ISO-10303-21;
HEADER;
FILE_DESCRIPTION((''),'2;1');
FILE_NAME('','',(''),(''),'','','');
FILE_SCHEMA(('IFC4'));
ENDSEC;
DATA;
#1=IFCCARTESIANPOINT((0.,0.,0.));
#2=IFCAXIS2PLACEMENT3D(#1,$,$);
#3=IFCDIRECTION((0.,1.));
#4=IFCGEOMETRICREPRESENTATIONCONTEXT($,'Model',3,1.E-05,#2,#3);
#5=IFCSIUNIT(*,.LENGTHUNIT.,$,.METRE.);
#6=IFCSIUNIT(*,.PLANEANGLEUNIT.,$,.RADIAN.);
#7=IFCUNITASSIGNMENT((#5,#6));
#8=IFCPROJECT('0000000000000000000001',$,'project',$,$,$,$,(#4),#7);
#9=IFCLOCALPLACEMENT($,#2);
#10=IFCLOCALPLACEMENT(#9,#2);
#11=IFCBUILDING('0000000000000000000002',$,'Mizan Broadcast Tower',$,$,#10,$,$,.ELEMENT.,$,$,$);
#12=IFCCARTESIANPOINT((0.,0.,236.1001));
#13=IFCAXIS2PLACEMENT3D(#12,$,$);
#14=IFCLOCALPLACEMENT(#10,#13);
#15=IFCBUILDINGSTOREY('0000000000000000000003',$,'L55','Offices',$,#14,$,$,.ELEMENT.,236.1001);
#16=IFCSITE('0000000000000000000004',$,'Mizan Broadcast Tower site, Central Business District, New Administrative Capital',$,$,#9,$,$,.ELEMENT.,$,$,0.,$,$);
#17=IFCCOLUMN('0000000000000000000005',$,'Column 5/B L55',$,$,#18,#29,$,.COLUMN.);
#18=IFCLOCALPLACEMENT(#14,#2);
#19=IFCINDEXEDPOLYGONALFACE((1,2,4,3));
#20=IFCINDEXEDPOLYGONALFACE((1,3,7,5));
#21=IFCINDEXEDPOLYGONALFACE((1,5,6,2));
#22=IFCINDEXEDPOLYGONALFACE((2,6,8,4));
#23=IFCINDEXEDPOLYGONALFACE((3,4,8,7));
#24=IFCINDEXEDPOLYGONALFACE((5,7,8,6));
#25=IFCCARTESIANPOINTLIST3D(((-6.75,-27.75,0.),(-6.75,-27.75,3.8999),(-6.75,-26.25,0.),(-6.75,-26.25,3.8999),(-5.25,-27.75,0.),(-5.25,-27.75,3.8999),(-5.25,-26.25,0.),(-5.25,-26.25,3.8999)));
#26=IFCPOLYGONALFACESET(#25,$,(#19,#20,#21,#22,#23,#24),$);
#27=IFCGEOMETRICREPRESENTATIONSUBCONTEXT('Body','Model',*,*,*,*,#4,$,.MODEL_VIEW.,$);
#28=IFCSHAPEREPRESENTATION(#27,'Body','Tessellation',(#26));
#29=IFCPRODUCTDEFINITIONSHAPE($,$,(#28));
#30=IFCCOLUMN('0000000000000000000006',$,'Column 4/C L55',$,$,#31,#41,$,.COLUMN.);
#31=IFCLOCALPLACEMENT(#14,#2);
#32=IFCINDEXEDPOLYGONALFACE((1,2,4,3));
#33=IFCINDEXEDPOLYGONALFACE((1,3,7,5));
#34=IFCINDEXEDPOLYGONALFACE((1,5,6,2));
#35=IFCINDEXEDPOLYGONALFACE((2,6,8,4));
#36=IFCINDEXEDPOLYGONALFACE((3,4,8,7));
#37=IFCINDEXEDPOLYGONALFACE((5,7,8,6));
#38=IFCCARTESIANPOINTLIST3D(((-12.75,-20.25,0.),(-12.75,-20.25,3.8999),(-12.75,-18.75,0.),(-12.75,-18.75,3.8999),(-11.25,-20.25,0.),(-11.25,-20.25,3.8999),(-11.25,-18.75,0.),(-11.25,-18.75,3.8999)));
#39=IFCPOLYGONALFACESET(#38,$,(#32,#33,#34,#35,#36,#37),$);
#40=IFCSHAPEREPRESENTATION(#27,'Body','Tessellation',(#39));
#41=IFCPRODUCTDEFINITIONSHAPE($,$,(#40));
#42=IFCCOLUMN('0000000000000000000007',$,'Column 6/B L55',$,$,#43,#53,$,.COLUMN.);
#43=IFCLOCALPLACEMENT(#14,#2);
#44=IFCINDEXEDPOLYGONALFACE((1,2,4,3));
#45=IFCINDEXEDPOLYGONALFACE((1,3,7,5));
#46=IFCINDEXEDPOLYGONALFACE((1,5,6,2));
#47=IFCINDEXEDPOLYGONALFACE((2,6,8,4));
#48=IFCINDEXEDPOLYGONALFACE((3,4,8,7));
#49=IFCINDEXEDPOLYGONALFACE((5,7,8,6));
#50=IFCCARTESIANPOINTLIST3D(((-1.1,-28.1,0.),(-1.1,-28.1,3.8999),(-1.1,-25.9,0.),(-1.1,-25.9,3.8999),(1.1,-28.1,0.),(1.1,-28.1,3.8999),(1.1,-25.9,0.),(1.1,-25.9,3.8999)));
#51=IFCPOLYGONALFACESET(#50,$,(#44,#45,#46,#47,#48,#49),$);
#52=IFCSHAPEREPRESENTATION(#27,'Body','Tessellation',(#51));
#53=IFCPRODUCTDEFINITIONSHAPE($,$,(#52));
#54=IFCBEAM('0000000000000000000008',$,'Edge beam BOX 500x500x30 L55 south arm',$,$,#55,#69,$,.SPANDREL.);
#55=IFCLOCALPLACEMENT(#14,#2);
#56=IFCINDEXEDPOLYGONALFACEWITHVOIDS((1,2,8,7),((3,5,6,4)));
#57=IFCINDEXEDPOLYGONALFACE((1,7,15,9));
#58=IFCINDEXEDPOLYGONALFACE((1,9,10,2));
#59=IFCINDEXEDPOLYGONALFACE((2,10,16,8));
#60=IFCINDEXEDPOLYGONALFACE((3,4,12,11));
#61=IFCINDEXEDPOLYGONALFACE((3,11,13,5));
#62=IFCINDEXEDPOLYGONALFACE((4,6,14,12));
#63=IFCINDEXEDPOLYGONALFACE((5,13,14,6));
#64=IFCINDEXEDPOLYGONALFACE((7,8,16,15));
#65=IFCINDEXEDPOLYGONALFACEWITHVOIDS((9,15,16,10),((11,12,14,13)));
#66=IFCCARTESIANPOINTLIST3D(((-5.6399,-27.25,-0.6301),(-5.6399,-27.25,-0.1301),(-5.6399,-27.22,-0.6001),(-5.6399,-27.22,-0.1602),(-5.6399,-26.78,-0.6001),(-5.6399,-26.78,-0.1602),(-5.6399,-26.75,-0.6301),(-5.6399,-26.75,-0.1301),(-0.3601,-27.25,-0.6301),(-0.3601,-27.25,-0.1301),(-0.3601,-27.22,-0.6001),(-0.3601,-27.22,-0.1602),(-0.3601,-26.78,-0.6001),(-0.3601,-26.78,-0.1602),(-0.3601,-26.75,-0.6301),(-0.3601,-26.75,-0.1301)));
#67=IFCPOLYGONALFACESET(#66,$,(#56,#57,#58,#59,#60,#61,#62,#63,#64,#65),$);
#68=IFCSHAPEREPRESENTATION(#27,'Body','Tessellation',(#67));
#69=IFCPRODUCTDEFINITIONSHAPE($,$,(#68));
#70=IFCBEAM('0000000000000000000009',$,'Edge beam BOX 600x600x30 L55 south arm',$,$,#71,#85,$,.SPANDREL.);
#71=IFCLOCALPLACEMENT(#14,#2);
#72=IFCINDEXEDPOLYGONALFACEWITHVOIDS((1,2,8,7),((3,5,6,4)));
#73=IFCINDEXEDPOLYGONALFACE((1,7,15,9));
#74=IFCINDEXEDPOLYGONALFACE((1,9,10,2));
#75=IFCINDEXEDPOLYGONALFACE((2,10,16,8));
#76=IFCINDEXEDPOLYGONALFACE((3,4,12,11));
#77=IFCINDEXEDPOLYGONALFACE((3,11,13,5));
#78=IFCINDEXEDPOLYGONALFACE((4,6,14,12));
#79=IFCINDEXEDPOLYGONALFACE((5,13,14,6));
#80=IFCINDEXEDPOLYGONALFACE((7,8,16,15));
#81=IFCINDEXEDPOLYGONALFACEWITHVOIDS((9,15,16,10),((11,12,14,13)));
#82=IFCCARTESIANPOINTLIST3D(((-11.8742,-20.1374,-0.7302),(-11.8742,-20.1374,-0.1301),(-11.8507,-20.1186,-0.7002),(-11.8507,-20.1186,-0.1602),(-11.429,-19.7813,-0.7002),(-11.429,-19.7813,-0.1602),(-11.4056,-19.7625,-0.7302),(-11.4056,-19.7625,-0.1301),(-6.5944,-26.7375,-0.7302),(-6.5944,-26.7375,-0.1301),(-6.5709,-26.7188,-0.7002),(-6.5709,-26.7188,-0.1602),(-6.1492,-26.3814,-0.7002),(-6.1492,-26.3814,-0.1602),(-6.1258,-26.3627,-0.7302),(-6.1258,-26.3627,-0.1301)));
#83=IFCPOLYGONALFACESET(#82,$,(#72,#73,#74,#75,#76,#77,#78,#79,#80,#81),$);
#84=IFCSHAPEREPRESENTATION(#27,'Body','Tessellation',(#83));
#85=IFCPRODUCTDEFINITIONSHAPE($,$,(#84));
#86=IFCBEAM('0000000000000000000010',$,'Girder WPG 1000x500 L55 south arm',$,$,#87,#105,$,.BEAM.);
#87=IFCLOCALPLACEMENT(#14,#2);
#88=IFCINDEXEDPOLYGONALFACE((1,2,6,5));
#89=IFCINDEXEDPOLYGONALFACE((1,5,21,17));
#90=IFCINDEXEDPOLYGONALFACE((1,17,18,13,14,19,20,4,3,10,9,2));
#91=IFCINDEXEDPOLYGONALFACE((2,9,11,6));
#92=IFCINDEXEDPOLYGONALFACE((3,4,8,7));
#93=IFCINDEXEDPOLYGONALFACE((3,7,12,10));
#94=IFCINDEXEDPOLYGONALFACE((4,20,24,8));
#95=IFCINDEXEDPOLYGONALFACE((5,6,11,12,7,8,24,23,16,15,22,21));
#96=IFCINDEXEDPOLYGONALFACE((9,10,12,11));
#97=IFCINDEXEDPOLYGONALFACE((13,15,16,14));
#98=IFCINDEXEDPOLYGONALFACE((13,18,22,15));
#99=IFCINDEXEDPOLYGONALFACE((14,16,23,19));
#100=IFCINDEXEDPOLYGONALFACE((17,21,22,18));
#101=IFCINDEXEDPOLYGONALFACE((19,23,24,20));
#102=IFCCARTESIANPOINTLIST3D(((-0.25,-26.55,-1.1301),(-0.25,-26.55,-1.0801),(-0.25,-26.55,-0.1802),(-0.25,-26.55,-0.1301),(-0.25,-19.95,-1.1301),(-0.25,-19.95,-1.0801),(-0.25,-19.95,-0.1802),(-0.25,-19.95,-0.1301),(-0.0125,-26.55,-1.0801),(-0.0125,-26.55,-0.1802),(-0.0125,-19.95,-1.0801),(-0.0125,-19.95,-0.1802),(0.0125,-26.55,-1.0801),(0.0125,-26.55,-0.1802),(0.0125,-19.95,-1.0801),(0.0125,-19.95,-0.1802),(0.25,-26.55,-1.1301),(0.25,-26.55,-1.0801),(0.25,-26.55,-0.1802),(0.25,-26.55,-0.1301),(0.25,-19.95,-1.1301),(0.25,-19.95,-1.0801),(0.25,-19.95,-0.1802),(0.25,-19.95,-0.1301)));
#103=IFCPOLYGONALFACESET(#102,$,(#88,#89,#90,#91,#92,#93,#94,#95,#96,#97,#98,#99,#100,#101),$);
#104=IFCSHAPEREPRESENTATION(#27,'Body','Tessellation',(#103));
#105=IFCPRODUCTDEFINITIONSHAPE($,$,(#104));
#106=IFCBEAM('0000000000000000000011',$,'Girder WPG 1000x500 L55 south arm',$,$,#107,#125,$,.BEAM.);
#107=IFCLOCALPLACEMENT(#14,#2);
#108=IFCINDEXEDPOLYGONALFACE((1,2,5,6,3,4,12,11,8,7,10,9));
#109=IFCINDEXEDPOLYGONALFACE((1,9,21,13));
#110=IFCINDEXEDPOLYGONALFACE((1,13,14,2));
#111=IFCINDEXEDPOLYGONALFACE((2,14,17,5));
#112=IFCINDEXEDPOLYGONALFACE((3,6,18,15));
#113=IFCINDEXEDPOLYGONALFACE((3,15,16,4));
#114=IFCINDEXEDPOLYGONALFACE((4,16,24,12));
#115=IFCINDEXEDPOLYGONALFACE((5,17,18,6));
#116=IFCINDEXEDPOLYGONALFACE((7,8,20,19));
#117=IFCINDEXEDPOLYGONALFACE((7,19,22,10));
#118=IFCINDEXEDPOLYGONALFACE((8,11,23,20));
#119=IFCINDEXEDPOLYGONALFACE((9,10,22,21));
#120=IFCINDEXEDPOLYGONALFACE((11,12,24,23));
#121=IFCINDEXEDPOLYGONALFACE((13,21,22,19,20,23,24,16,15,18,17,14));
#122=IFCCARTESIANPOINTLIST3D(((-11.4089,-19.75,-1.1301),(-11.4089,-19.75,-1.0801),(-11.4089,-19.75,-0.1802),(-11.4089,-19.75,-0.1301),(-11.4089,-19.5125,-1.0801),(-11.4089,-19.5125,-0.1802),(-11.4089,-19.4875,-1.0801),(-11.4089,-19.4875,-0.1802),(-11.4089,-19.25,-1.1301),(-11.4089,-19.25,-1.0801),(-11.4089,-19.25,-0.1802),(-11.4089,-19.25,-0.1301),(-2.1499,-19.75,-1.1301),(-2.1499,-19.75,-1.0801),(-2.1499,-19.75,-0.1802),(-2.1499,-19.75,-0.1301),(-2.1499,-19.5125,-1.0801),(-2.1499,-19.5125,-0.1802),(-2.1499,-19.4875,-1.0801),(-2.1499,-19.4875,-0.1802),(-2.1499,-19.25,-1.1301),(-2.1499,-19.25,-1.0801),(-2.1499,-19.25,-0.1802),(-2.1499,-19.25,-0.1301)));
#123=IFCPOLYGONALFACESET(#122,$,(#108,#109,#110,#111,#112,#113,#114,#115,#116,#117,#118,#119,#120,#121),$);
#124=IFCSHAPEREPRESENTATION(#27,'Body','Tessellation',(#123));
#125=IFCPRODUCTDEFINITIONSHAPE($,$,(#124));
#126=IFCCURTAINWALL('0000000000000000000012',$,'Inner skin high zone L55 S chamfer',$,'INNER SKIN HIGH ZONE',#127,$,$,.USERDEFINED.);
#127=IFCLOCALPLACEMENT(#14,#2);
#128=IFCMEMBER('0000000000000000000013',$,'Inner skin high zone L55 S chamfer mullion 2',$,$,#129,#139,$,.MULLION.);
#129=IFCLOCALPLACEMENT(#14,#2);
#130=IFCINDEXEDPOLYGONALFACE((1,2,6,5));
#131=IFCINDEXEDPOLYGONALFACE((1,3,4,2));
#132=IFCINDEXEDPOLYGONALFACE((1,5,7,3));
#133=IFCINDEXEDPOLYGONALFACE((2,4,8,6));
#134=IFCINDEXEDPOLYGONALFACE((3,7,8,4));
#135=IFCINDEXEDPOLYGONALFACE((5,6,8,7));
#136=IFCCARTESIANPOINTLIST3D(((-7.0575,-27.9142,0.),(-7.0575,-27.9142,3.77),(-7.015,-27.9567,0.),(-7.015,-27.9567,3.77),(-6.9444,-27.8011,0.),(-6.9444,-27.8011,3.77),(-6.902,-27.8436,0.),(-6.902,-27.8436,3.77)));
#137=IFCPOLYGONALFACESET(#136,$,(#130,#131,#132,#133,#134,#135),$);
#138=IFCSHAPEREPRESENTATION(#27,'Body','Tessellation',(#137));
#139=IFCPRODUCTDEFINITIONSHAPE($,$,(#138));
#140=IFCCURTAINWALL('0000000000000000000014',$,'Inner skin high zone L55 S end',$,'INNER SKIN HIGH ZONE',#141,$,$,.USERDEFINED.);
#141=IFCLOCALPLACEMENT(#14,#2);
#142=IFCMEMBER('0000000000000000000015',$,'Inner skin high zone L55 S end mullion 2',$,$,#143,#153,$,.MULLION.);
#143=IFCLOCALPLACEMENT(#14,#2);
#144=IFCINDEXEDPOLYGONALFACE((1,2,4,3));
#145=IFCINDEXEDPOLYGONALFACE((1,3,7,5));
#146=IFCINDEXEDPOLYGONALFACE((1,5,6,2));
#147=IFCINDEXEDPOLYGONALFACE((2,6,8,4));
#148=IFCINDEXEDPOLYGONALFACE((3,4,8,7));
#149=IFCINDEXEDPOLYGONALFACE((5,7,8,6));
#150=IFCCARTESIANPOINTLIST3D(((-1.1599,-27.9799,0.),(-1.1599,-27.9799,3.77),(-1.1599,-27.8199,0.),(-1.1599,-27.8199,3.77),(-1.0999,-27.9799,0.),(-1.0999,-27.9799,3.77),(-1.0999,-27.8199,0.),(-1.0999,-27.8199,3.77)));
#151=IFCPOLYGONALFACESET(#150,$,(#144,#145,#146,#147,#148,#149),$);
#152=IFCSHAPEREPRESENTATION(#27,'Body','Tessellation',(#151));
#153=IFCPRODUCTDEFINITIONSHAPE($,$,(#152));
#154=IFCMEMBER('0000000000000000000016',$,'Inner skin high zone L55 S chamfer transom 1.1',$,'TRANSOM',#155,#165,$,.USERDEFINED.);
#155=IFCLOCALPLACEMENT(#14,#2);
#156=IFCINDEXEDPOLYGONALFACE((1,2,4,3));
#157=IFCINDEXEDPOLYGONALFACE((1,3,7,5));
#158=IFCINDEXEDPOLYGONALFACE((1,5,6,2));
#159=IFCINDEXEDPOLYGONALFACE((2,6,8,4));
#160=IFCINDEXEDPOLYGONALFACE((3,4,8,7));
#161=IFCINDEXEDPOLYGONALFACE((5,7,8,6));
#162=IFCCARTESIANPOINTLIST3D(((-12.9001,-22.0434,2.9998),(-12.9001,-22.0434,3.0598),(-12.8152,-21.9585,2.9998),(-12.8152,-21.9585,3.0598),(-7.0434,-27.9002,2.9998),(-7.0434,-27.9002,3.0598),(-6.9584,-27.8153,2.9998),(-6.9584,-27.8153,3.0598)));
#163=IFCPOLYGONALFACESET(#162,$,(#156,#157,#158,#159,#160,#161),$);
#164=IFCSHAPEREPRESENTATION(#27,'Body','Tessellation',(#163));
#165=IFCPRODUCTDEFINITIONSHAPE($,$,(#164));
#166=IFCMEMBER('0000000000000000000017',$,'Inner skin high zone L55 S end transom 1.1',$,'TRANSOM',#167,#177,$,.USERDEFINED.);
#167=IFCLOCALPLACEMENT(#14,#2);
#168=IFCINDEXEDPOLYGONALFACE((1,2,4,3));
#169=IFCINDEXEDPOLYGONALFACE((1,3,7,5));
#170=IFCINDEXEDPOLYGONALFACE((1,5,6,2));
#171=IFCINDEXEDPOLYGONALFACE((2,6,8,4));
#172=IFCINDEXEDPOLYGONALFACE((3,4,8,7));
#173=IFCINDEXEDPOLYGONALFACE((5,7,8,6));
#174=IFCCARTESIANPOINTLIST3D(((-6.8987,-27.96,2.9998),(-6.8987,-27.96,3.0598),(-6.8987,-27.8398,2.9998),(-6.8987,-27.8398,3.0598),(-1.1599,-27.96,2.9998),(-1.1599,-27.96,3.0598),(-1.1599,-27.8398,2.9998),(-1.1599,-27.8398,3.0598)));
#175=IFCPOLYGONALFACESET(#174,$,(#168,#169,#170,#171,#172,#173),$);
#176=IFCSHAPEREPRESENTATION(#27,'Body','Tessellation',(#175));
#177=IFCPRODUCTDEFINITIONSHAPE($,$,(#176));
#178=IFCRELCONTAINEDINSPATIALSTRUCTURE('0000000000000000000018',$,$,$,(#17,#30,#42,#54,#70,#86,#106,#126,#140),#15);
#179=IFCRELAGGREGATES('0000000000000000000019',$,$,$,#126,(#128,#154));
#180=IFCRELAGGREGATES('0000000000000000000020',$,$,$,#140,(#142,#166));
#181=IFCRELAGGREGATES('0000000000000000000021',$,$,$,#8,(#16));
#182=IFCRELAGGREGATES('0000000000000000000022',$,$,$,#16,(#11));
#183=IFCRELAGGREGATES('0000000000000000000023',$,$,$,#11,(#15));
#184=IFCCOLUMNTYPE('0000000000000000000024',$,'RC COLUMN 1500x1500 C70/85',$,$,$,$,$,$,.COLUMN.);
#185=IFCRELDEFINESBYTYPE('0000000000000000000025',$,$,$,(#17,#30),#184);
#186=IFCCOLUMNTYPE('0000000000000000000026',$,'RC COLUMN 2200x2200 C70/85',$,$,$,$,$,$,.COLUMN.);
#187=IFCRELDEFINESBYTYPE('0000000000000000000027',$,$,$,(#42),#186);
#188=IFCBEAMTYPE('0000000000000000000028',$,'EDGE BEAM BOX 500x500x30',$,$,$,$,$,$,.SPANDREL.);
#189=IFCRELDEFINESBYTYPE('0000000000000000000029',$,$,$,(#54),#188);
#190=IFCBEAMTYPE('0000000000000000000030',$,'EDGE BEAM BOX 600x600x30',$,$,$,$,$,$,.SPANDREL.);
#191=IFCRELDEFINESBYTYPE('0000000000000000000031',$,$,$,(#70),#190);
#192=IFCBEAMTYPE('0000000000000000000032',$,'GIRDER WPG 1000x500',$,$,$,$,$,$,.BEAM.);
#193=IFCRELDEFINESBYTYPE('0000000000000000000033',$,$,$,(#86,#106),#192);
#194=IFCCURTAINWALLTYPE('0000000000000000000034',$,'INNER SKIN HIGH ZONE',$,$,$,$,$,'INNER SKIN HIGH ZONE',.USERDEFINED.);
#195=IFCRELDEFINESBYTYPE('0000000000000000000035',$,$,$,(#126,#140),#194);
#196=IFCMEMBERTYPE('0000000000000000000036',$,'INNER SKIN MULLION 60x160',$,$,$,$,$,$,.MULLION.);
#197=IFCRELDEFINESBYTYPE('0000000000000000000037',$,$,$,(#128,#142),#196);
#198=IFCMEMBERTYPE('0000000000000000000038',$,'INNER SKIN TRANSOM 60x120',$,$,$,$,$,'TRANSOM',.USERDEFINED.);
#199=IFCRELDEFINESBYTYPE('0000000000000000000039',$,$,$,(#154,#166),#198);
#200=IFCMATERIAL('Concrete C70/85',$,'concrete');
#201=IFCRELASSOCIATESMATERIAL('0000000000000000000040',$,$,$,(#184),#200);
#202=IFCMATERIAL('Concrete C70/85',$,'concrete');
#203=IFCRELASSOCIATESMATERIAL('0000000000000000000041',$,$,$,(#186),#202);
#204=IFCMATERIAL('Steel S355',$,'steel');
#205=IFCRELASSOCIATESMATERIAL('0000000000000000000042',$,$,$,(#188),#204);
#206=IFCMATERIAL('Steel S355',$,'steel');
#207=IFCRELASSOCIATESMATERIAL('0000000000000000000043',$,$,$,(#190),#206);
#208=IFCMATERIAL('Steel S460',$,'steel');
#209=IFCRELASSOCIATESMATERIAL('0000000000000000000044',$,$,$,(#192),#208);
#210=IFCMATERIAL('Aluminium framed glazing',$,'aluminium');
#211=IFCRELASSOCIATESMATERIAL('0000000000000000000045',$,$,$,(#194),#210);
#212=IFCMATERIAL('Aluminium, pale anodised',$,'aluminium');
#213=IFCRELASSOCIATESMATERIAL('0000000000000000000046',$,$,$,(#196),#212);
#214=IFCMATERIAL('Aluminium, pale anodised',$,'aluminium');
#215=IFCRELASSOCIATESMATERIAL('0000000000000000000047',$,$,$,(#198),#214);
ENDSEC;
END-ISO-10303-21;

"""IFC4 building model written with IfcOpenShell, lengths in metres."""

from ifc_helpers import new_model, si_unit, direction, frame, origin, origin_2d, place, context, subcontext, project, spatial, rectangle, hollow_rectangle, i_section, extrude, material, material_profile, profile_set, type_object, element, aggregate, save


model = new_model("IFC4")

# Units and contexts
model_context = context("Model", 3, precision=1e-05, world=origin(), true_north=direction((0.0, 1.0)))
body_context = subcontext(model_context, "Body", "Model", "MODEL_VIEW")
ifc_project = project(units=[si_unit("LENGTHUNIT", "METRE"), si_unit("PLANEANGLEUNIT", "RADIAN")], contexts=[model_context])

# Site, building, storey
site_placement = place(None, origin())
site = spatial("IfcSite", under=ifc_project, at=site_placement, Name="Mizan Broadcast Tower site, Central Business District, New Administrative Capital", CompositionType="ELEMENT", RefElevation=0.0)
building_placement = place(site_placement, origin())
building = spatial("IfcBuilding", under=site, at=building_placement, Name="Mizan Broadcast Tower", CompositionType="ELEMENT")
storey_placement = place(building_placement, frame((0.0, 0.0, 236.1001)))
storey = spatial("IfcBuildingStorey", under=building, at=storey_placement, Name="L55", Description="Offices", CompositionType="ELEMENT", Elevation=236.1001)

# Columns
ifc_material_1 = material(Name="Concrete C70/85", Category="concrete")
ifc_material_profile_1 = material_profile(ifc_material_1, rectangle(XDim=1.5, YDim=1.5, at=origin_2d()), Name="RC 1500x1500")
ifc_profile_set_1 = profile_set([ifc_material_profile_1], Name="Concrete C70/85")
column_type_1 = type_object("IfcColumnType", Name="RC COLUMN 1500x1500 C70/85", PredefinedType="COLUMN", material=ifc_profile_set_1)
for number, where, z_axis, x_axis, name in (
    (1, (-6.0, -27.0, 0.0), (0.0, 0.0, 1.0), (1.0, 0.0, 0.0), "Column 5/B L55"),
    (2, (-12.0, -19.5, 0.0), (0.0, 0.0, 1.0), (1.0, 0.0, 0.0), "Column 4/C L55"),
):
    element("IfcColumn", number, at=place(storey_placement, frame(where, z_axis=z_axis, x_axis=x_axis)), inside=storey, type_object=column_type_1, Name=name, PredefinedType="COLUMN", context=body_context, shape_type="SweptSolid", body=[
        extrude(rectangle(XDim=1.5, YDim=1.5, at=origin_2d()), origin(), (0.0, 0.0, 1.0), 3.8999),
    ])
ifc_material_2 = material(Name="Concrete C70/85", Category="concrete")
ifc_material_profile_2 = material_profile(ifc_material_2, rectangle(XDim=2.2, YDim=2.2, at=origin_2d()), Name="RC 2200x2200")
ifc_profile_set_2 = profile_set([ifc_material_profile_2], Name="Concrete C70/85")
column_type_2 = type_object("IfcColumnType", Name="RC COLUMN 2200x2200 C70/85", PredefinedType="COLUMN", material=ifc_profile_set_2)
column_placement = place(storey_placement, frame((0.0, -27.0, 0.0), z_axis=(0.0, 0.0, 1.0), x_axis=(1.0, 0.0, 0.0)))
element("IfcColumn", 3, at=column_placement, inside=storey, type_object=column_type_2, Name="Column 6/B L55", PredefinedType="COLUMN", context=body_context, shape_type="SweptSolid", body=[
    extrude(rectangle(XDim=2.2, YDim=2.2, at=origin_2d()), origin(), (0.0, 0.0, 1.0), 3.8999),
])

# Beams
ifc_material_3 = material(Name="Steel S355", Category="steel")
ifc_material_profile_3 = material_profile(ifc_material_3, hollow_rectangle(XDim=0.5, YDim=0.5, WallThickness=0.03, at=origin_2d()), Name="BOX 500x500x30")
ifc_profile_set_3 = profile_set([ifc_material_profile_3], Name="Steel S355")
beam_type_1 = type_object("IfcBeamType", Name="EDGE BEAM BOX 500x500x30", PredefinedType="SPANDREL", material=ifc_profile_set_3)
beam_1_placement = place(storey_placement, frame((-5.6399, -27.0, -0.3801), z_axis=(1.0, 0.0, 0.0), x_axis=(0.0, 1.0, 0.0)))
element("IfcBeam", 4, at=beam_1_placement, inside=storey, type_object=beam_type_1, Name="Edge beam BOX 500x500x30 L55 south arm", PredefinedType="SPANDREL", context=body_context, shape_type="SweptSolid", body=[
    extrude(hollow_rectangle(XDim=0.5, YDim=0.5, WallThickness=0.03, at=origin_2d()), origin(), (0.0, 0.0, 1.0), 5.2798),
])
ifc_material_4 = material(Name="Steel S355", Category="steel")
ifc_material_profile_4 = material_profile(ifc_material_4, hollow_rectangle(XDim=0.6001, YDim=0.6001, WallThickness=0.03, at=origin_2d()), Name="BOX 600x600x30")
ifc_profile_set_4 = profile_set([ifc_material_profile_4], Name="Steel S355")
beam_type_2 = type_object("IfcBeamType", Name="EDGE BEAM BOX 600x600x30", PredefinedType="SPANDREL", material=ifc_profile_set_4)
beam_2_placement = place(storey_placement, frame((-11.6399, -19.95, -0.4302), z_axis=(0.624674, -0.780886, 0.0), x_axis=(0.780886, 0.624674, 0.0)))
element("IfcBeam", 5, at=beam_2_placement, inside=storey, type_object=beam_type_2, Name="Edge beam BOX 600x600x30 L55 south arm", PredefinedType="SPANDREL", context=body_context, shape_type="SweptSolid", body=[
    extrude(hollow_rectangle(XDim=0.6001, YDim=0.6001, WallThickness=0.03, at=origin_2d()), origin(), (0.0, 0.0, 1.0), 8.4521),
])
ifc_material_5 = material(Name="Steel S460", Category="steel")
ifc_material_profile_5 = material_profile(ifc_material_5, i_section(OverallWidth=0.5, OverallDepth=1.0, WebThickness=0.0249, FlangeThickness=0.05, at=origin_2d()), Name="WPG 1000x500")
ifc_profile_set_5 = profile_set([ifc_material_profile_5], Name="Steel S460")
beam_type_3 = type_object("IfcBeamType", Name="GIRDER WPG 1000x500", PredefinedType="BEAM", material=ifc_profile_set_5)
beam_3_placement = place(storey_placement, frame((0.0, -19.95, -0.6301), z_axis=(0.0, -1.0, 0.0), x_axis=(1.0, 0.0, 0.0)))
element("IfcBeam", 6, at=beam_3_placement, inside=storey, type_object=beam_type_3, Name="Girder WPG 1000x500 L55 south arm", PredefinedType="BEAM", context=body_context, shape_type="SweptSolid", body=[
    extrude(i_section(OverallWidth=0.5, OverallDepth=1.0, WebThickness=0.0249, FlangeThickness=0.05, at=origin_2d()), origin(), (0.0, 0.0, 1.0), 6.6001),
])
beam_4_placement = place(storey_placement, frame((-11.4089, -19.5, -0.6301), z_axis=(1.0, 0.0, 0.0), x_axis=(0.0, 1.0, 0.0)))
element("IfcBeam", 7, at=beam_4_placement, inside=storey, type_object=beam_type_3, Name="Girder WPG 1000x500 L55 south arm", PredefinedType="BEAM", context=body_context, shape_type="SweptSolid", body=[
    extrude(i_section(OverallWidth=0.5, OverallDepth=1.0, WebThickness=0.0249, FlangeThickness=0.05, at=origin_2d()), origin(), (0.0, 0.0, 1.0), 9.259),
])

# Curtain walls, members
ifc_material_6 = material(Name="Aluminium framed glazing", Category="aluminium")
curtain_wall_type_1 = type_object("IfcCurtainWallType", Name="INNER SKIN HIGH ZONE", ElementType="INNER SKIN HIGH ZONE", PredefinedType="USERDEFINED", material=ifc_material_6)
curtain_wall_1_placement = place(storey_placement, origin())
curtain_wall_1 = element("IfcCurtainWall", 8, at=curtain_wall_1_placement, inside=storey, type_object=curtain_wall_type_1, Name="Inner skin high zone L55 S chamfer", ObjectType="INNER SKIN HIGH ZONE", PredefinedType="USERDEFINED")
ifc_material_7 = material(Name="Aluminium, pale anodised", Category="aluminium")
ifc_material_profile_6 = material_profile(ifc_material_7, rectangle(XDim=0.1599, YDim=0.0601, at=origin_2d()), Name="MULLION 160x60")
ifc_profile_set_6 = profile_set([ifc_material_profile_6], Name="Aluminium, pale anodised")
member_type_1 = type_object("IfcMemberType", Name="INNER SKIN MULLION 60x160", PredefinedType="MULLION", material=ifc_profile_set_6)
member_1_placement = place(storey_placement, frame((-6.9797, -27.8789, 0.0), z_axis=(0.0, 0.0, 1.0), x_axis=(0.707107, 0.707107, 0.0)))
member_1 = element("IfcMember", 9, at=member_1_placement, type_object=member_type_1, Name="Inner skin high zone L55 S chamfer mullion 2", PredefinedType="MULLION", context=body_context, shape_type="SweptSolid", body=[
    extrude(rectangle(XDim=0.1599, YDim=0.0601, at=origin_2d()), origin(), (0.0, 0.0, 1.0), 3.77),
])
curtain_wall_2_placement = place(storey_placement, origin())
curtain_wall_2 = element("IfcCurtainWall", 10, at=curtain_wall_2_placement, inside=storey, type_object=curtain_wall_type_1, Name="Inner skin high zone L55 S end", ObjectType="INNER SKIN HIGH ZONE", PredefinedType="USERDEFINED")
member_2_placement = place(storey_placement, frame((-1.1299, -27.8999, 0.0), z_axis=(0.0, 0.0, 1.0), x_axis=(0.0, 1.0, 0.0)))
member_2 = element("IfcMember", 11, at=member_2_placement, type_object=member_type_1, Name="Inner skin high zone L55 S end mullion 2", PredefinedType="MULLION", context=body_context, shape_type="SweptSolid", body=[
    extrude(rectangle(XDim=0.1599, YDim=0.0601, at=origin_2d()), origin(), (0.0, 0.0, 1.0), 3.77),
])

# Members
ifc_material_8 = material(Name="Aluminium, pale anodised", Category="aluminium")
ifc_material_profile_7 = material_profile(ifc_material_8, rectangle(XDim=0.1201, YDim=0.0601, at=origin_2d()), Name="TRANSOM 120x60")
ifc_profile_set_7 = profile_set([ifc_material_profile_7], Name="Aluminium, pale anodised")
member_type_2 = type_object("IfcMemberType", Name="INNER SKIN TRANSOM 60x120", ElementType="TRANSOM", PredefinedType="USERDEFINED", material=ifc_profile_set_7)
member_3_placement = place(storey_placement, frame((-12.8577, -22.001, 3.0298), z_axis=(0.707107, -0.707107, 0.0), x_axis=(0.707107, 0.707107, 0.0)))
member_3 = element("IfcMember", 12, at=member_3_placement, type_object=member_type_2, Name="Inner skin high zone L55 S chamfer transom 1.1", ObjectType="TRANSOM", PredefinedType="USERDEFINED", context=body_context, shape_type="SweptSolid", body=[
    extrude(rectangle(XDim=0.1201, YDim=0.0601, at=origin_2d()), origin(), (0.0, 0.0, 1.0), 8.2827),
])
member_4_placement = place(storey_placement, frame((-6.8987, -27.8999, 3.0298), z_axis=(1.0, 0.0, 0.0), x_axis=(0.0, 1.0, 0.0)))
member_4 = element("IfcMember", 13, at=member_4_placement, type_object=member_type_2, Name="Inner skin high zone L55 S end transom 1.1", ObjectType="TRANSOM", PredefinedType="USERDEFINED", context=body_context, shape_type="SweptSolid", body=[
    extrude(rectangle(XDim=0.1201, YDim=0.0601, at=origin_2d()), origin(), (0.0, 0.0, 1.0), 5.7388),
])

aggregate(curtain_wall_1, [member_1, member_3])
aggregate(curtain_wall_2, [member_2, member_4])

save(model, "model.ifc")
